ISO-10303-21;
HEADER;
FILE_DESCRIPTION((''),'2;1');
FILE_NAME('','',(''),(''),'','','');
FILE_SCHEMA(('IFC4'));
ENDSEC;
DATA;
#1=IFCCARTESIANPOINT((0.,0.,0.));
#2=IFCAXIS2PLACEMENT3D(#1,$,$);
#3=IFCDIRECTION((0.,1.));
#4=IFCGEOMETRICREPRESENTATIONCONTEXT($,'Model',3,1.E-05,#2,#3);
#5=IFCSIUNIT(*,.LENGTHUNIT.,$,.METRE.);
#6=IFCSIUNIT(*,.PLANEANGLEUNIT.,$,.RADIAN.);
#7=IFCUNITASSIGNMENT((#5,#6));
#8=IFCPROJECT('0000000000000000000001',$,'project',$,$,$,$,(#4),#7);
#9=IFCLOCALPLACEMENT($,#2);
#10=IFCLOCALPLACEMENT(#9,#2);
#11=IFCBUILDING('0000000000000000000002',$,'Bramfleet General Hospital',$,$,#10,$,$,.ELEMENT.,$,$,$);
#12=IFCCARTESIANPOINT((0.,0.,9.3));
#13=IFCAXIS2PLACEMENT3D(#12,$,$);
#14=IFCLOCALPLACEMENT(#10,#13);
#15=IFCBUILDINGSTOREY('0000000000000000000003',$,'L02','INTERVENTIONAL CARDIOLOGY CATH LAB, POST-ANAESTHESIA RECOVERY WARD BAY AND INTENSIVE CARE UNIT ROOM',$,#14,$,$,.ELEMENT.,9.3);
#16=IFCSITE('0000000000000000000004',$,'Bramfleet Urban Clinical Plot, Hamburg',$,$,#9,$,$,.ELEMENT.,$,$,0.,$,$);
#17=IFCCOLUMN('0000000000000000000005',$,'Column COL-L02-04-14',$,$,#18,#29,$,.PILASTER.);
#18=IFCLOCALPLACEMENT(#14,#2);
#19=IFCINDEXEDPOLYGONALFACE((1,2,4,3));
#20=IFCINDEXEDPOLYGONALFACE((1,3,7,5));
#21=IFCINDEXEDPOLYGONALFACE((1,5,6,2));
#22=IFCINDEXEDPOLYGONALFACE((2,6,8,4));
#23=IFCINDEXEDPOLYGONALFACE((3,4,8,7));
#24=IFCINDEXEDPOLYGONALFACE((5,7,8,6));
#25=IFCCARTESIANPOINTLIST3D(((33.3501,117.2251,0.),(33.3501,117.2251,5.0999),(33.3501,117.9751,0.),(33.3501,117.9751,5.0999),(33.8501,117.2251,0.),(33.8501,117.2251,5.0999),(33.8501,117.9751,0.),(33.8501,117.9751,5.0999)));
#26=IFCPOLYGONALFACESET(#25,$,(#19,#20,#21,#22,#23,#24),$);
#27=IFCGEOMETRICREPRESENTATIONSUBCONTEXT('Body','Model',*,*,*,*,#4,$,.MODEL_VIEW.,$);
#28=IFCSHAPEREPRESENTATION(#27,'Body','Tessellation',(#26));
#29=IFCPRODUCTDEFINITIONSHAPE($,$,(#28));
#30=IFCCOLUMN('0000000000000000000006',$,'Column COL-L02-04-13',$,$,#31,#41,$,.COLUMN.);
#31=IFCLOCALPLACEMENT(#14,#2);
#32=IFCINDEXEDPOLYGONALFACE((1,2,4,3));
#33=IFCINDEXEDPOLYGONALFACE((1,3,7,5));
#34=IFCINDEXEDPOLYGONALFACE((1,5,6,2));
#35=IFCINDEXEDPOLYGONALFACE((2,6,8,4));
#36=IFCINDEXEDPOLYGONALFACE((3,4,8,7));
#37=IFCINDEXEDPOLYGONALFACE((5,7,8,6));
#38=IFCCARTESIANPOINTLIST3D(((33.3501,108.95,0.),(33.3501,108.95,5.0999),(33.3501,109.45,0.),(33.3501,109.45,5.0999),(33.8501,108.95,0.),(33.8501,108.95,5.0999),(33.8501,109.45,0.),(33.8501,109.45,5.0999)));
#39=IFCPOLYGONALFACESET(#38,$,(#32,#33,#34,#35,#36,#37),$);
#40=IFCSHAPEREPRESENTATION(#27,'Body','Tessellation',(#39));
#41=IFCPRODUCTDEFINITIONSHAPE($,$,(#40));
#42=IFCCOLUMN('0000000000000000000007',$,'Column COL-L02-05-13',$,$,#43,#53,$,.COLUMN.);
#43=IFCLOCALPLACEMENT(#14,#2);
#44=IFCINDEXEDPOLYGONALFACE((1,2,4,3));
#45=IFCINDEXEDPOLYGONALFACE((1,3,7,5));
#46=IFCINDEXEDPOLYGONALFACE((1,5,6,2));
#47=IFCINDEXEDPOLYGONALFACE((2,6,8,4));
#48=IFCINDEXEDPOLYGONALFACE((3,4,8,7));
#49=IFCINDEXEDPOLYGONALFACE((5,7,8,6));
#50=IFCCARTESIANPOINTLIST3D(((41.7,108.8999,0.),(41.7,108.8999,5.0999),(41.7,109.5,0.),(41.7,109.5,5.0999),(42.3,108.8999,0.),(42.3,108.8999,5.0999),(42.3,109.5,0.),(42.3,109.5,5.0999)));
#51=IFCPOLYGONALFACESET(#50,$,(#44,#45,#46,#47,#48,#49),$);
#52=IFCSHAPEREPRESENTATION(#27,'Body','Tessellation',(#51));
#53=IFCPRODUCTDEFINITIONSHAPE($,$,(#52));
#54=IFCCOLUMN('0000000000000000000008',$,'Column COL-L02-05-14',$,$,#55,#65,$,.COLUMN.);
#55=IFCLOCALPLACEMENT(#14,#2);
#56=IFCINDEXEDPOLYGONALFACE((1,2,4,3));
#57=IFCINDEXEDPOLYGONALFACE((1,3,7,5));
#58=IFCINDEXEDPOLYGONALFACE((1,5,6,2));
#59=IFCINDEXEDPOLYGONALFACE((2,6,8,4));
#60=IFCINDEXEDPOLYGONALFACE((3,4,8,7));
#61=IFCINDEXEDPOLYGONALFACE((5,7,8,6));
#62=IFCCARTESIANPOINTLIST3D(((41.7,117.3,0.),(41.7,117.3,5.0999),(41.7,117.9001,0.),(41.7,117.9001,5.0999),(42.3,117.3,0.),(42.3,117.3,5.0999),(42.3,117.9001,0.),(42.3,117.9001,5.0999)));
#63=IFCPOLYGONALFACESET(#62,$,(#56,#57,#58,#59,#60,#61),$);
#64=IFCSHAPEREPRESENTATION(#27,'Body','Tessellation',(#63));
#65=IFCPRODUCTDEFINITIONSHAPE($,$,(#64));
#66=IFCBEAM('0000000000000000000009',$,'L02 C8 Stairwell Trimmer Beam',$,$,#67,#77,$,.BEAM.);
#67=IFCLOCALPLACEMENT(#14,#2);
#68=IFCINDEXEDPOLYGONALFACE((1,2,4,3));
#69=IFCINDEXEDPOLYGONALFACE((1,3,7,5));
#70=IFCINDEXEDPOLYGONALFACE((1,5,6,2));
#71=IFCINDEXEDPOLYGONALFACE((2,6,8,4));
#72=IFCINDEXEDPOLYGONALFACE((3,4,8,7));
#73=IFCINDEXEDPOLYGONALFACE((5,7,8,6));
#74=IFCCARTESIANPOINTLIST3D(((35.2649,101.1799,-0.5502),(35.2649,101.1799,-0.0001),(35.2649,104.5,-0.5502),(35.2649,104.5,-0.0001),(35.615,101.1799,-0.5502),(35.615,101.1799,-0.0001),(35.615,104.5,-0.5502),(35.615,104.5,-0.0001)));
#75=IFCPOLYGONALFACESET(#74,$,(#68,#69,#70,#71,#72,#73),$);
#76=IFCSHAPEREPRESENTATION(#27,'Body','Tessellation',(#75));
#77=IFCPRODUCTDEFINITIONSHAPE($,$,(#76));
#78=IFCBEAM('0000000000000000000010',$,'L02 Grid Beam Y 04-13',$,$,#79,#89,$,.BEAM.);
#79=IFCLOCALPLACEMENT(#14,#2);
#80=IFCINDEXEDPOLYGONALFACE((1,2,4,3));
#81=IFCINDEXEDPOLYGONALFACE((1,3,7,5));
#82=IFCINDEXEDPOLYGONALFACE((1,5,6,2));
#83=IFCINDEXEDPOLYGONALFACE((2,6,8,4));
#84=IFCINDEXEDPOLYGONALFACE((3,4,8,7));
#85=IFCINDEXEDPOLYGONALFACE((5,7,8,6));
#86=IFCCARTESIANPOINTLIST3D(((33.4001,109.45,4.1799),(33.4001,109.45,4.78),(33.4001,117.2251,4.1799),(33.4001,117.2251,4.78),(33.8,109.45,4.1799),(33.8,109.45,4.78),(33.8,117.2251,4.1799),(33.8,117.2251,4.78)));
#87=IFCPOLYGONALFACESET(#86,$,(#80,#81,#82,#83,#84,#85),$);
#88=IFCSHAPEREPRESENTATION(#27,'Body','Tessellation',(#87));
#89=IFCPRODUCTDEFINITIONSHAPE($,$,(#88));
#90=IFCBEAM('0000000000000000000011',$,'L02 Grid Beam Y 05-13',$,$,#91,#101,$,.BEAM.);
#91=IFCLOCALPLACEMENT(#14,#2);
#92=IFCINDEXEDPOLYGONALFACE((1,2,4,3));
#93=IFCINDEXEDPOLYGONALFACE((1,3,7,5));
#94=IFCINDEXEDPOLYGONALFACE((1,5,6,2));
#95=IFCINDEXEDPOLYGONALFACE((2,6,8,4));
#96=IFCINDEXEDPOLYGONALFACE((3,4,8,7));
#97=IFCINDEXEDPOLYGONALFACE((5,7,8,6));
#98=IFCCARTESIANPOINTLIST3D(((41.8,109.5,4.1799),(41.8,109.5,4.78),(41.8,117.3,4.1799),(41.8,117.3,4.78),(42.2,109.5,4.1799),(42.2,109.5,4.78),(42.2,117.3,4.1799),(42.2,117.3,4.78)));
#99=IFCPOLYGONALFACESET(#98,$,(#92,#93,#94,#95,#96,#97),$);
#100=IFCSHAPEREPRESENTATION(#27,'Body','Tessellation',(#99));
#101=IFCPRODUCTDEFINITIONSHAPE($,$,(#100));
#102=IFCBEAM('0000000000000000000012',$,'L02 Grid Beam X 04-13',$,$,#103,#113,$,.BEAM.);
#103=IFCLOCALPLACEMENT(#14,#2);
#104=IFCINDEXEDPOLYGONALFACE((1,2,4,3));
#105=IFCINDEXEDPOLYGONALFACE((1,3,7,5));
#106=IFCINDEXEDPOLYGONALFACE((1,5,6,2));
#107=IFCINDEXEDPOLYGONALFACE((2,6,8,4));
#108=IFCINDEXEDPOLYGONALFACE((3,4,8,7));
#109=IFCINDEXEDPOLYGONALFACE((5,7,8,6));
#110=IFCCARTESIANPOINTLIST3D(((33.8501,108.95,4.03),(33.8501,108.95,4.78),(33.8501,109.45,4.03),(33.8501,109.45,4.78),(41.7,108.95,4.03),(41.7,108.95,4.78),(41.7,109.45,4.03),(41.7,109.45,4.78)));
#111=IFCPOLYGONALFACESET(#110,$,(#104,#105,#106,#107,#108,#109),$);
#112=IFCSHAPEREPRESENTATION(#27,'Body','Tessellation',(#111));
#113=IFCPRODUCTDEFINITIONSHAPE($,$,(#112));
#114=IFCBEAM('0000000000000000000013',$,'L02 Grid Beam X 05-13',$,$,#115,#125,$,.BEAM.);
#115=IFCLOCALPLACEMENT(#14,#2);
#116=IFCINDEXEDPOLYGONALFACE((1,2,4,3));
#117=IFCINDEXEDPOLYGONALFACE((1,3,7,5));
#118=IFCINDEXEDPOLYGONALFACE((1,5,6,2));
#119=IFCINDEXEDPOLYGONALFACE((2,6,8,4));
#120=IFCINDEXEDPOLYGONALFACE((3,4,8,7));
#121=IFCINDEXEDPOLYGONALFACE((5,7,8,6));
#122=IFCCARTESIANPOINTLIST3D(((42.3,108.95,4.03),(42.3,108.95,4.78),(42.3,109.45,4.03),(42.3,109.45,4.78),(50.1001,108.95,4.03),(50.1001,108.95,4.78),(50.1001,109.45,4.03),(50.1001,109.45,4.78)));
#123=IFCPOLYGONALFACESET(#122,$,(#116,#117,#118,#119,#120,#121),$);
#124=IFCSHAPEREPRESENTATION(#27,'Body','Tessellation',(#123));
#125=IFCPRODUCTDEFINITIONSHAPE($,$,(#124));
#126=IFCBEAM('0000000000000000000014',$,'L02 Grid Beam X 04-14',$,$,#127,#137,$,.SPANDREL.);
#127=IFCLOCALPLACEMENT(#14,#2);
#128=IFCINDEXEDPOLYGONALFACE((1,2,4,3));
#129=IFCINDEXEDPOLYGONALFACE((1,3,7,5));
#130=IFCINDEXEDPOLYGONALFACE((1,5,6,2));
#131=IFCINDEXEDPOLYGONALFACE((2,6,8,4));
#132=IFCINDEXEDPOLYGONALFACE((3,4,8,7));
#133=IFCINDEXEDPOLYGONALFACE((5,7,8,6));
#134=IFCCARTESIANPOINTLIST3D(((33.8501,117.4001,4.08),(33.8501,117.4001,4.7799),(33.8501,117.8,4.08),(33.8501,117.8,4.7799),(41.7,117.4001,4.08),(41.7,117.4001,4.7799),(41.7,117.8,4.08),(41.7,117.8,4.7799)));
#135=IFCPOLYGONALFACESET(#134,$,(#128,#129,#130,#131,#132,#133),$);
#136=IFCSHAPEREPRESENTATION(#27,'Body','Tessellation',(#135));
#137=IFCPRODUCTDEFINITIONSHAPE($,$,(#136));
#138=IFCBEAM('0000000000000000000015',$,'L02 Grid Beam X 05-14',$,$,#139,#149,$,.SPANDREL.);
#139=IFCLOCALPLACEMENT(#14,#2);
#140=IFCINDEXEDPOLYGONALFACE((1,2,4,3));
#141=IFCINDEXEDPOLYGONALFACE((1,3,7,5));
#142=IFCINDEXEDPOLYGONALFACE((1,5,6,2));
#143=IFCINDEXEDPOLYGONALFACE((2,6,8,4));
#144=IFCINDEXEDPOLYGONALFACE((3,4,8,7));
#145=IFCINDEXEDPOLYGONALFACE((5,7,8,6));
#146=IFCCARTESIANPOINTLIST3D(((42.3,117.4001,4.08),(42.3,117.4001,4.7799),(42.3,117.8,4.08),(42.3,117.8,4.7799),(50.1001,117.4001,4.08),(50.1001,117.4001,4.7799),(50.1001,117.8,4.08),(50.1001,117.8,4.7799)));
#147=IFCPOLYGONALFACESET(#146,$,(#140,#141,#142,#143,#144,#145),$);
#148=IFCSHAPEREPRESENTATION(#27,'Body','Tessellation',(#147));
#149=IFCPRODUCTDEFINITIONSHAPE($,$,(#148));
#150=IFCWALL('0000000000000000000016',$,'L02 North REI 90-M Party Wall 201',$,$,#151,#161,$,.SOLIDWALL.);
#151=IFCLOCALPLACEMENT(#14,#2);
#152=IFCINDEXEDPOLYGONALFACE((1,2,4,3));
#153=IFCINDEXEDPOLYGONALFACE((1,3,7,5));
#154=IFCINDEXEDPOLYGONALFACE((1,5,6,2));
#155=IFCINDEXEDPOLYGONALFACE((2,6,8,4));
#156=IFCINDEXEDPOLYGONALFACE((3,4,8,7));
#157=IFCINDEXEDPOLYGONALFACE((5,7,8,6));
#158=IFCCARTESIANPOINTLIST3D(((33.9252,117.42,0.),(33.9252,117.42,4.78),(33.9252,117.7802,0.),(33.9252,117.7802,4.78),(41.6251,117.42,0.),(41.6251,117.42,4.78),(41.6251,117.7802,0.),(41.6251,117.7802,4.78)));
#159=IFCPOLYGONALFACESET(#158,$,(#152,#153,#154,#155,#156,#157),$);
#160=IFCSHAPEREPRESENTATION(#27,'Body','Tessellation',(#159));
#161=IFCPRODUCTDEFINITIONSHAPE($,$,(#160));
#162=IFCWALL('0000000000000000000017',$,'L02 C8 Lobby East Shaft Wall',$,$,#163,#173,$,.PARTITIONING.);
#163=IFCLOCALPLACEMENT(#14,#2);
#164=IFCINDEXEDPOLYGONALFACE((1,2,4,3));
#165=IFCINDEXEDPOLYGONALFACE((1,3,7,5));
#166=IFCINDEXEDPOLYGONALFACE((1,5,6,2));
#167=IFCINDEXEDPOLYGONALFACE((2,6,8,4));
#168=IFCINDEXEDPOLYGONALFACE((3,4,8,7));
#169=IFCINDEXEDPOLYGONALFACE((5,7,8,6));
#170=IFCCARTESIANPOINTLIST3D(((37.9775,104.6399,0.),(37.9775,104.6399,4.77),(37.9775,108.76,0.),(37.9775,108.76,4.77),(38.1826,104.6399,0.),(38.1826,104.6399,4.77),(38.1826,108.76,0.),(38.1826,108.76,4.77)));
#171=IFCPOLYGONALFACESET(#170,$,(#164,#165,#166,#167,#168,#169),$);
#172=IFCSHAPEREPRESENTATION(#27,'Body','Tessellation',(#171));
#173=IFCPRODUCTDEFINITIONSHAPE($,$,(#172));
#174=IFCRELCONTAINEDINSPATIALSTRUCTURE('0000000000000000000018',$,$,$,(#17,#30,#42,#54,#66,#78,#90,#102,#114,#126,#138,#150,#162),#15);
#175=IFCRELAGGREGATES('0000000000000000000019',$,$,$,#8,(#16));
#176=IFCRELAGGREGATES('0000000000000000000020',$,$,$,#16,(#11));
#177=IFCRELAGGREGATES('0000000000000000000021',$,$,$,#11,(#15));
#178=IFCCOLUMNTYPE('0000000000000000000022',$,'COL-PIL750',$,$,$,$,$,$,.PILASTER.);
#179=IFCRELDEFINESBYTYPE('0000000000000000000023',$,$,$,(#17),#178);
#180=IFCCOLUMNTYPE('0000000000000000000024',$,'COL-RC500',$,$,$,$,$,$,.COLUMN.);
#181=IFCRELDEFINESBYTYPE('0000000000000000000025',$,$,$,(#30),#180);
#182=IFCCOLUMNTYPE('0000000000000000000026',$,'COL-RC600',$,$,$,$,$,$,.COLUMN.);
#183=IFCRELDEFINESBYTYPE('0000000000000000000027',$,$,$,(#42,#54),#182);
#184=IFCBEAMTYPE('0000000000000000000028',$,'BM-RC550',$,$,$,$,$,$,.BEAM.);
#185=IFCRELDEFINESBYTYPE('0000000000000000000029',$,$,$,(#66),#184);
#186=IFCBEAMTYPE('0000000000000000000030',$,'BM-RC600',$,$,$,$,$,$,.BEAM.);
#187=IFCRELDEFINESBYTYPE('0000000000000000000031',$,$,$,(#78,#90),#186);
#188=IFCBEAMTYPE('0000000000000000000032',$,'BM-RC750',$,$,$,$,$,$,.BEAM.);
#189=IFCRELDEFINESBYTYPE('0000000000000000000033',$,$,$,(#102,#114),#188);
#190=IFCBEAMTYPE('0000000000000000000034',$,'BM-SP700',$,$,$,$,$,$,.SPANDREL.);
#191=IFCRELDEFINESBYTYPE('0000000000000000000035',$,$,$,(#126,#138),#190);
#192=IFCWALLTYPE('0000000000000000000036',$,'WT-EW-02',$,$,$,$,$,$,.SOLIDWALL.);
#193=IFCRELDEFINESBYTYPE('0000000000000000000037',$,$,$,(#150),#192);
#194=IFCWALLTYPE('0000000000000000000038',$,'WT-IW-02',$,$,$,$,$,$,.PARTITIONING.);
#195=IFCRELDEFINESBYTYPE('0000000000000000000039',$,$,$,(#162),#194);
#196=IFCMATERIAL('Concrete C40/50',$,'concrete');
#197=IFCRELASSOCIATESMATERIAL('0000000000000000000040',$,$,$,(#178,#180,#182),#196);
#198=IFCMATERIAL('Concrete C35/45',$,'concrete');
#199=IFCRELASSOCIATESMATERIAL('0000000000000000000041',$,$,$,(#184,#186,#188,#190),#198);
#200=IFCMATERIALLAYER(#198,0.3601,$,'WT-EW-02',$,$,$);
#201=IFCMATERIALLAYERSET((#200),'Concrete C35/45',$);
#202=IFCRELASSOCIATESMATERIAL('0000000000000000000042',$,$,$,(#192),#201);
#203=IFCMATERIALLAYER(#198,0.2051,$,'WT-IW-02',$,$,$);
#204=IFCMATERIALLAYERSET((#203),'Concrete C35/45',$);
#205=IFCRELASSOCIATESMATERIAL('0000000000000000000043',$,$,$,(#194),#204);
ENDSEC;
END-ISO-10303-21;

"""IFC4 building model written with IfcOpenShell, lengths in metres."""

from ifc_helpers import new_model, si_unit, direction, frame, frame_2d, origin, origin_2d, place, context, subcontext, project, spatial, rectangle, extrude, material, layer, layer_set, material_profile, profile_set, type_object, element, save


model = new_model("IFC4")

# Units and contexts
model_context = context("Model", 3, precision=1e-05, world=origin(), true_north=direction((0.0, 1.0)))
body_context = subcontext(model_context, "Body", "Model", "MODEL_VIEW")
ifc_project = project(units=[si_unit("LENGTHUNIT", "METRE"), si_unit("PLANEANGLEUNIT", "RADIAN")], contexts=[model_context])

# Site, building, storey
site_placement = place(None, origin())
site = spatial("IfcSite", under=ifc_project, at=site_placement, Name="Bramfleet Urban Clinical Plot, Hamburg", CompositionType="ELEMENT", RefElevation=0.0)
building_placement = place(site_placement, origin())
building = spatial("IfcBuilding", under=site, at=building_placement, Name="Bramfleet General Hospital", CompositionType="ELEMENT")
storey_placement = place(building_placement, frame((0.0, 0.0, 9.3)))
storey = spatial("IfcBuildingStorey", under=building, at=storey_placement, Name="L02", Description="INTERVENTIONAL CARDIOLOGY CATH LAB, POST-ANAESTHESIA RECOVERY WARD BAY AND INTENSIVE CARE UNIT ROOM", CompositionType="ELEMENT", Elevation=9.3)

# Columns
ifc_material_1 = material(Name="Concrete C40/50", Category="concrete")
ifc_material_profile_1 = material_profile(ifc_material_1, rectangle(XDim=0.5, YDim=0.75, at=origin_2d()), Name="RC PIL 750x500")
ifc_profile_set_1 = profile_set([ifc_material_profile_1], Name="Concrete C40/50")
column_type_1 = type_object("IfcColumnType", Name="COL-PIL750", PredefinedType="PILASTER", material=ifc_profile_set_1)
column_1_placement = place(storey_placement, frame((33.6001, 117.6001, 0.0), z_axis=(0.0, 0.0, 1.0), x_axis=(1.0, 0.0, 0.0)))
element("IfcColumn", 1, at=column_1_placement, inside=storey, type_object=column_type_1, Name="Column COL-L02-04-14", PredefinedType="PILASTER", context=body_context, shape_type="SweptSolid", body=[
    extrude(rectangle(XDim=0.5, YDim=0.75, at=origin_2d()), origin(), (0.0, 0.0, 1.0), 5.0999),
])
ifc_material_profile_2 = material_profile(ifc_material_1, rectangle(XDim=0.5, YDim=0.5, at=origin_2d()), Name="RC COL 500x500")
ifc_profile_set_2 = profile_set([ifc_material_profile_2], Name="Concrete C40/50")
column_type_2 = type_object("IfcColumnType", Name="COL-RC500", PredefinedType="COLUMN", material=ifc_profile_set_2)
column_2_placement = place(storey_placement, frame((33.6001, 109.2, 0.0), z_axis=(0.0, 0.0, 1.0), x_axis=(1.0, 0.0, 0.0)))
element("IfcColumn", 2, at=column_2_placement, inside=storey, type_object=column_type_2, Name="Column COL-L02-04-13", PredefinedType="COLUMN", context=body_context, shape_type="SweptSolid", body=[
    extrude(rectangle(XDim=0.5, YDim=0.5, at=origin_2d()), origin(), (0.0, 0.0, 1.0), 5.0999),
])
ifc_material_profile_3 = material_profile(ifc_material_1, rectangle(XDim=0.6001, YDim=0.6001, at=origin_2d()), Name="RC COL 600x600")
ifc_profile_set_3 = profile_set([ifc_material_profile_3], Name="Concrete C40/50")
column_type_3 = type_object("IfcColumnType", Name="COL-RC600", PredefinedType="COLUMN", material=ifc_profile_set_3)
for number, where, z_axis, x_axis, name in (
    (3, (42.0, 109.2, 0.0), (0.0, 0.0, 1.0), (1.0, 0.0, 0.0), "Column COL-L02-05-13"),
    (4, (42.0, 117.6001, 0.0), (0.0, 0.0, 1.0), (1.0, 0.0, 0.0), "Column COL-L02-05-14"),
):
    element("IfcColumn", number, at=place(storey_placement, frame(where, z_axis=z_axis, x_axis=x_axis)), inside=storey, type_object=column_type_3, Name=name, PredefinedType="COLUMN", context=body_context, shape_type="SweptSolid", body=[
        extrude(rectangle(XDim=0.6001, YDim=0.6001, at=origin_2d()), origin(), (0.0, 0.0, 1.0), 5.0999),
    ])

# Beams
ifc_material_2 = material(Name="Concrete C35/45", Category="concrete")
ifc_material_profile_4 = material_profile(ifc_material_2, rectangle(XDim=0.3501, YDim=0.55, at=origin_2d()), Name="RC BM 550x350")
ifc_profile_set_4 = profile_set([ifc_material_profile_4], Name="Concrete C35/45")
beam_type_1 = type_object("IfcBeamType", Name="BM-RC550", PredefinedType="BEAM", material=ifc_profile_set_4)
beam_1_placement = place(storey_placement, frame((35.4399, 101.1799, -0.2751), z_axis=(0.0, 1.0, 0.0), x_axis=(-1.0, 0.0, 0.0)))
element("IfcBeam", 5, at=beam_1_placement, inside=storey, type_object=beam_type_1, Name="L02 C8 Stairwell Trimmer Beam", PredefinedType="BEAM", context=body_context, shape_type="SweptSolid", body=[
    extrude(rectangle(XDim=0.3501, YDim=0.55, at=origin_2d()), origin(), (0.0, 0.0, 1.0), 3.3201),
])
ifc_material_profile_5 = material_profile(ifc_material_2, rectangle(XDim=0.3999, YDim=0.6001, at=origin_2d()), Name="RC BM 600x400")
ifc_profile_set_5 = profile_set([ifc_material_profile_5], Name="Concrete C35/45")
beam_type_2 = type_object("IfcBeamType", Name="BM-RC600", PredefinedType="BEAM", material=ifc_profile_set_5)
beam_2_placement = place(storey_placement, frame((33.6001, 109.45, 4.48), z_axis=(0.0, 1.0, 0.0), x_axis=(-1.0, 0.0, 0.0)))
element("IfcBeam", 6, at=beam_2_placement, inside=storey, type_object=beam_type_2, Name="L02 Grid Beam Y 04-13", PredefinedType="BEAM", context=body_context, shape_type="SweptSolid", body=[
    extrude(rectangle(XDim=0.3999, YDim=0.6001, at=origin_2d()), origin(), (0.0, 0.0, 1.0), 7.7751),
])
beam_3_placement = place(storey_placement, frame((42.0, 109.5, 4.48), z_axis=(0.0, 1.0, 0.0), x_axis=(-1.0, 0.0, 0.0)))
element("IfcBeam", 7, at=beam_3_placement, inside=storey, type_object=beam_type_2, Name="L02 Grid Beam Y 05-13", PredefinedType="BEAM", context=body_context, shape_type="SweptSolid", body=[
    extrude(rectangle(XDim=0.3999, YDim=0.6001, at=origin_2d()), origin(), (0.0, 0.0, 1.0), 7.8),
])
ifc_material_profile_6 = material_profile(ifc_material_2, rectangle(XDim=0.5, YDim=0.75, at=origin_2d()), Name="RC BM 750x500")
ifc_profile_set_6 = profile_set([ifc_material_profile_6], Name="Concrete C35/45")
beam_type_3 = type_object("IfcBeamType", Name="BM-RC750", PredefinedType="BEAM", material=ifc_profile_set_6)
beam_4_placement = place(storey_placement, frame((33.8501, 109.2, 4.405), z_axis=(1.0, 0.0, 0.0), x_axis=(0.0, 1.0, 0.0)))
element("IfcBeam", 8, at=beam_4_placement, inside=storey, type_object=beam_type_3, Name="L02 Grid Beam X 04-13", PredefinedType="BEAM", context=body_context, shape_type="SweptSolid", body=[
    extrude(rectangle(XDim=0.5, YDim=0.75, at=origin_2d()), origin(), (0.0, 0.0, 1.0), 7.8499),
])
beam_5_placement = place(storey_placement, frame((42.3, 109.2, 4.405), z_axis=(1.0, 0.0, 0.0), x_axis=(0.0, 1.0, 0.0)))
element("IfcBeam", 9, at=beam_5_placement, inside=storey, type_object=beam_type_3, Name="L02 Grid Beam X 05-13", PredefinedType="BEAM", context=body_context, shape_type="SweptSolid", body=[
    extrude(rectangle(XDim=0.5, YDim=0.75, at=origin_2d()), origin(), (0.0, 0.0, 1.0), 7.8),
])
ifc_material_profile_7 = material_profile(ifc_material_2, rectangle(XDim=0.3999, YDim=0.7, at=origin_2d()), Name="RC SP 700x400")
ifc_profile_set_7 = profile_set([ifc_material_profile_7], Name="Concrete C35/45")
beam_type_4 = type_object("IfcBeamType", Name="BM-SP700", PredefinedType="SPANDREL", material=ifc_profile_set_7)
beam_6_placement = place(storey_placement, frame((33.8501, 117.6001, 4.4299), z_axis=(1.0, 0.0, 0.0), x_axis=(0.0, 1.0, 0.0)))
element("IfcBeam", 10, at=beam_6_placement, inside=storey, type_object=beam_type_4, Name="L02 Grid Beam X 04-14", PredefinedType="SPANDREL", context=body_context, shape_type="SweptSolid", body=[
    extrude(rectangle(XDim=0.3999, YDim=0.7, at=origin_2d()), origin(), (0.0, 0.0, 1.0), 7.8499),
])
beam_7_placement = place(storey_placement, frame((42.3, 117.6001, 4.4299), z_axis=(1.0, 0.0, 0.0), x_axis=(0.0, 1.0, 0.0)))
element("IfcBeam", 11, at=beam_7_placement, inside=storey, type_object=beam_type_4, Name="L02 Grid Beam X 05-14", PredefinedType="SPANDREL", context=body_context, shape_type="SweptSolid", body=[
    extrude(rectangle(XDim=0.3999, YDim=0.7, at=origin_2d()), origin(), (0.0, 0.0, 1.0), 7.8),
])

# Walls
ifc_layer_1 = layer(ifc_material_2, 0.3601, Name="WT-EW-02")
ifc_layer_set_1 = layer_set([ifc_layer_1], Name="Concrete C35/45")
wall_type_1 = type_object("IfcWallType", Name="WT-EW-02", PredefinedType="SOLIDWALL", material=ifc_layer_set_1)
wall_1_placement = place(storey_placement, frame((33.925, 117.6001, 0.0), z_axis=(0.0, 0.0, 1.0), x_axis=(1.0, 0.0, 0.0)))
element("IfcWall", 12, at=wall_1_placement, inside=storey, type_object=wall_type_1, Name="L02 North REI 90-M Party Wall 201", PredefinedType="SOLIDWALL", context=body_context, shape_type="SweptSolid", body=[
    extrude(rectangle(XDim=7.7, YDim=0.3601, at=frame_2d((3.8501, 0.0))), origin(), (0.0, 0.0, 1.0), 4.78),
])
ifc_layer_2 = layer(ifc_material_2, 0.2051, Name="WT-IW-02")
ifc_layer_set_2 = layer_set([ifc_layer_2], Name="Concrete C35/45")
wall_type_2 = type_object("IfcWallType", Name="WT-IW-02", PredefinedType="PARTITIONING", material=ifc_layer_set_2)
wall_2_placement = place(storey_placement, frame((38.0801, 104.6399, 0.0), z_axis=(0.0, 0.0, 1.0), x_axis=(0.0, 1.0, 0.0)))
element("IfcWall", 13, at=wall_2_placement, inside=storey, type_object=wall_type_2, Name="L02 C8 Lobby East Shaft Wall", PredefinedType="PARTITIONING", context=body_context, shape_type="SweptSolid", body=[
    extrude(rectangle(XDim=4.1201, YDim=0.2051, at=frame_2d((2.0601, 0.0))), origin(), (0.0, 0.0, 1.0), 4.77),
])

save(model, "model.ifc")
